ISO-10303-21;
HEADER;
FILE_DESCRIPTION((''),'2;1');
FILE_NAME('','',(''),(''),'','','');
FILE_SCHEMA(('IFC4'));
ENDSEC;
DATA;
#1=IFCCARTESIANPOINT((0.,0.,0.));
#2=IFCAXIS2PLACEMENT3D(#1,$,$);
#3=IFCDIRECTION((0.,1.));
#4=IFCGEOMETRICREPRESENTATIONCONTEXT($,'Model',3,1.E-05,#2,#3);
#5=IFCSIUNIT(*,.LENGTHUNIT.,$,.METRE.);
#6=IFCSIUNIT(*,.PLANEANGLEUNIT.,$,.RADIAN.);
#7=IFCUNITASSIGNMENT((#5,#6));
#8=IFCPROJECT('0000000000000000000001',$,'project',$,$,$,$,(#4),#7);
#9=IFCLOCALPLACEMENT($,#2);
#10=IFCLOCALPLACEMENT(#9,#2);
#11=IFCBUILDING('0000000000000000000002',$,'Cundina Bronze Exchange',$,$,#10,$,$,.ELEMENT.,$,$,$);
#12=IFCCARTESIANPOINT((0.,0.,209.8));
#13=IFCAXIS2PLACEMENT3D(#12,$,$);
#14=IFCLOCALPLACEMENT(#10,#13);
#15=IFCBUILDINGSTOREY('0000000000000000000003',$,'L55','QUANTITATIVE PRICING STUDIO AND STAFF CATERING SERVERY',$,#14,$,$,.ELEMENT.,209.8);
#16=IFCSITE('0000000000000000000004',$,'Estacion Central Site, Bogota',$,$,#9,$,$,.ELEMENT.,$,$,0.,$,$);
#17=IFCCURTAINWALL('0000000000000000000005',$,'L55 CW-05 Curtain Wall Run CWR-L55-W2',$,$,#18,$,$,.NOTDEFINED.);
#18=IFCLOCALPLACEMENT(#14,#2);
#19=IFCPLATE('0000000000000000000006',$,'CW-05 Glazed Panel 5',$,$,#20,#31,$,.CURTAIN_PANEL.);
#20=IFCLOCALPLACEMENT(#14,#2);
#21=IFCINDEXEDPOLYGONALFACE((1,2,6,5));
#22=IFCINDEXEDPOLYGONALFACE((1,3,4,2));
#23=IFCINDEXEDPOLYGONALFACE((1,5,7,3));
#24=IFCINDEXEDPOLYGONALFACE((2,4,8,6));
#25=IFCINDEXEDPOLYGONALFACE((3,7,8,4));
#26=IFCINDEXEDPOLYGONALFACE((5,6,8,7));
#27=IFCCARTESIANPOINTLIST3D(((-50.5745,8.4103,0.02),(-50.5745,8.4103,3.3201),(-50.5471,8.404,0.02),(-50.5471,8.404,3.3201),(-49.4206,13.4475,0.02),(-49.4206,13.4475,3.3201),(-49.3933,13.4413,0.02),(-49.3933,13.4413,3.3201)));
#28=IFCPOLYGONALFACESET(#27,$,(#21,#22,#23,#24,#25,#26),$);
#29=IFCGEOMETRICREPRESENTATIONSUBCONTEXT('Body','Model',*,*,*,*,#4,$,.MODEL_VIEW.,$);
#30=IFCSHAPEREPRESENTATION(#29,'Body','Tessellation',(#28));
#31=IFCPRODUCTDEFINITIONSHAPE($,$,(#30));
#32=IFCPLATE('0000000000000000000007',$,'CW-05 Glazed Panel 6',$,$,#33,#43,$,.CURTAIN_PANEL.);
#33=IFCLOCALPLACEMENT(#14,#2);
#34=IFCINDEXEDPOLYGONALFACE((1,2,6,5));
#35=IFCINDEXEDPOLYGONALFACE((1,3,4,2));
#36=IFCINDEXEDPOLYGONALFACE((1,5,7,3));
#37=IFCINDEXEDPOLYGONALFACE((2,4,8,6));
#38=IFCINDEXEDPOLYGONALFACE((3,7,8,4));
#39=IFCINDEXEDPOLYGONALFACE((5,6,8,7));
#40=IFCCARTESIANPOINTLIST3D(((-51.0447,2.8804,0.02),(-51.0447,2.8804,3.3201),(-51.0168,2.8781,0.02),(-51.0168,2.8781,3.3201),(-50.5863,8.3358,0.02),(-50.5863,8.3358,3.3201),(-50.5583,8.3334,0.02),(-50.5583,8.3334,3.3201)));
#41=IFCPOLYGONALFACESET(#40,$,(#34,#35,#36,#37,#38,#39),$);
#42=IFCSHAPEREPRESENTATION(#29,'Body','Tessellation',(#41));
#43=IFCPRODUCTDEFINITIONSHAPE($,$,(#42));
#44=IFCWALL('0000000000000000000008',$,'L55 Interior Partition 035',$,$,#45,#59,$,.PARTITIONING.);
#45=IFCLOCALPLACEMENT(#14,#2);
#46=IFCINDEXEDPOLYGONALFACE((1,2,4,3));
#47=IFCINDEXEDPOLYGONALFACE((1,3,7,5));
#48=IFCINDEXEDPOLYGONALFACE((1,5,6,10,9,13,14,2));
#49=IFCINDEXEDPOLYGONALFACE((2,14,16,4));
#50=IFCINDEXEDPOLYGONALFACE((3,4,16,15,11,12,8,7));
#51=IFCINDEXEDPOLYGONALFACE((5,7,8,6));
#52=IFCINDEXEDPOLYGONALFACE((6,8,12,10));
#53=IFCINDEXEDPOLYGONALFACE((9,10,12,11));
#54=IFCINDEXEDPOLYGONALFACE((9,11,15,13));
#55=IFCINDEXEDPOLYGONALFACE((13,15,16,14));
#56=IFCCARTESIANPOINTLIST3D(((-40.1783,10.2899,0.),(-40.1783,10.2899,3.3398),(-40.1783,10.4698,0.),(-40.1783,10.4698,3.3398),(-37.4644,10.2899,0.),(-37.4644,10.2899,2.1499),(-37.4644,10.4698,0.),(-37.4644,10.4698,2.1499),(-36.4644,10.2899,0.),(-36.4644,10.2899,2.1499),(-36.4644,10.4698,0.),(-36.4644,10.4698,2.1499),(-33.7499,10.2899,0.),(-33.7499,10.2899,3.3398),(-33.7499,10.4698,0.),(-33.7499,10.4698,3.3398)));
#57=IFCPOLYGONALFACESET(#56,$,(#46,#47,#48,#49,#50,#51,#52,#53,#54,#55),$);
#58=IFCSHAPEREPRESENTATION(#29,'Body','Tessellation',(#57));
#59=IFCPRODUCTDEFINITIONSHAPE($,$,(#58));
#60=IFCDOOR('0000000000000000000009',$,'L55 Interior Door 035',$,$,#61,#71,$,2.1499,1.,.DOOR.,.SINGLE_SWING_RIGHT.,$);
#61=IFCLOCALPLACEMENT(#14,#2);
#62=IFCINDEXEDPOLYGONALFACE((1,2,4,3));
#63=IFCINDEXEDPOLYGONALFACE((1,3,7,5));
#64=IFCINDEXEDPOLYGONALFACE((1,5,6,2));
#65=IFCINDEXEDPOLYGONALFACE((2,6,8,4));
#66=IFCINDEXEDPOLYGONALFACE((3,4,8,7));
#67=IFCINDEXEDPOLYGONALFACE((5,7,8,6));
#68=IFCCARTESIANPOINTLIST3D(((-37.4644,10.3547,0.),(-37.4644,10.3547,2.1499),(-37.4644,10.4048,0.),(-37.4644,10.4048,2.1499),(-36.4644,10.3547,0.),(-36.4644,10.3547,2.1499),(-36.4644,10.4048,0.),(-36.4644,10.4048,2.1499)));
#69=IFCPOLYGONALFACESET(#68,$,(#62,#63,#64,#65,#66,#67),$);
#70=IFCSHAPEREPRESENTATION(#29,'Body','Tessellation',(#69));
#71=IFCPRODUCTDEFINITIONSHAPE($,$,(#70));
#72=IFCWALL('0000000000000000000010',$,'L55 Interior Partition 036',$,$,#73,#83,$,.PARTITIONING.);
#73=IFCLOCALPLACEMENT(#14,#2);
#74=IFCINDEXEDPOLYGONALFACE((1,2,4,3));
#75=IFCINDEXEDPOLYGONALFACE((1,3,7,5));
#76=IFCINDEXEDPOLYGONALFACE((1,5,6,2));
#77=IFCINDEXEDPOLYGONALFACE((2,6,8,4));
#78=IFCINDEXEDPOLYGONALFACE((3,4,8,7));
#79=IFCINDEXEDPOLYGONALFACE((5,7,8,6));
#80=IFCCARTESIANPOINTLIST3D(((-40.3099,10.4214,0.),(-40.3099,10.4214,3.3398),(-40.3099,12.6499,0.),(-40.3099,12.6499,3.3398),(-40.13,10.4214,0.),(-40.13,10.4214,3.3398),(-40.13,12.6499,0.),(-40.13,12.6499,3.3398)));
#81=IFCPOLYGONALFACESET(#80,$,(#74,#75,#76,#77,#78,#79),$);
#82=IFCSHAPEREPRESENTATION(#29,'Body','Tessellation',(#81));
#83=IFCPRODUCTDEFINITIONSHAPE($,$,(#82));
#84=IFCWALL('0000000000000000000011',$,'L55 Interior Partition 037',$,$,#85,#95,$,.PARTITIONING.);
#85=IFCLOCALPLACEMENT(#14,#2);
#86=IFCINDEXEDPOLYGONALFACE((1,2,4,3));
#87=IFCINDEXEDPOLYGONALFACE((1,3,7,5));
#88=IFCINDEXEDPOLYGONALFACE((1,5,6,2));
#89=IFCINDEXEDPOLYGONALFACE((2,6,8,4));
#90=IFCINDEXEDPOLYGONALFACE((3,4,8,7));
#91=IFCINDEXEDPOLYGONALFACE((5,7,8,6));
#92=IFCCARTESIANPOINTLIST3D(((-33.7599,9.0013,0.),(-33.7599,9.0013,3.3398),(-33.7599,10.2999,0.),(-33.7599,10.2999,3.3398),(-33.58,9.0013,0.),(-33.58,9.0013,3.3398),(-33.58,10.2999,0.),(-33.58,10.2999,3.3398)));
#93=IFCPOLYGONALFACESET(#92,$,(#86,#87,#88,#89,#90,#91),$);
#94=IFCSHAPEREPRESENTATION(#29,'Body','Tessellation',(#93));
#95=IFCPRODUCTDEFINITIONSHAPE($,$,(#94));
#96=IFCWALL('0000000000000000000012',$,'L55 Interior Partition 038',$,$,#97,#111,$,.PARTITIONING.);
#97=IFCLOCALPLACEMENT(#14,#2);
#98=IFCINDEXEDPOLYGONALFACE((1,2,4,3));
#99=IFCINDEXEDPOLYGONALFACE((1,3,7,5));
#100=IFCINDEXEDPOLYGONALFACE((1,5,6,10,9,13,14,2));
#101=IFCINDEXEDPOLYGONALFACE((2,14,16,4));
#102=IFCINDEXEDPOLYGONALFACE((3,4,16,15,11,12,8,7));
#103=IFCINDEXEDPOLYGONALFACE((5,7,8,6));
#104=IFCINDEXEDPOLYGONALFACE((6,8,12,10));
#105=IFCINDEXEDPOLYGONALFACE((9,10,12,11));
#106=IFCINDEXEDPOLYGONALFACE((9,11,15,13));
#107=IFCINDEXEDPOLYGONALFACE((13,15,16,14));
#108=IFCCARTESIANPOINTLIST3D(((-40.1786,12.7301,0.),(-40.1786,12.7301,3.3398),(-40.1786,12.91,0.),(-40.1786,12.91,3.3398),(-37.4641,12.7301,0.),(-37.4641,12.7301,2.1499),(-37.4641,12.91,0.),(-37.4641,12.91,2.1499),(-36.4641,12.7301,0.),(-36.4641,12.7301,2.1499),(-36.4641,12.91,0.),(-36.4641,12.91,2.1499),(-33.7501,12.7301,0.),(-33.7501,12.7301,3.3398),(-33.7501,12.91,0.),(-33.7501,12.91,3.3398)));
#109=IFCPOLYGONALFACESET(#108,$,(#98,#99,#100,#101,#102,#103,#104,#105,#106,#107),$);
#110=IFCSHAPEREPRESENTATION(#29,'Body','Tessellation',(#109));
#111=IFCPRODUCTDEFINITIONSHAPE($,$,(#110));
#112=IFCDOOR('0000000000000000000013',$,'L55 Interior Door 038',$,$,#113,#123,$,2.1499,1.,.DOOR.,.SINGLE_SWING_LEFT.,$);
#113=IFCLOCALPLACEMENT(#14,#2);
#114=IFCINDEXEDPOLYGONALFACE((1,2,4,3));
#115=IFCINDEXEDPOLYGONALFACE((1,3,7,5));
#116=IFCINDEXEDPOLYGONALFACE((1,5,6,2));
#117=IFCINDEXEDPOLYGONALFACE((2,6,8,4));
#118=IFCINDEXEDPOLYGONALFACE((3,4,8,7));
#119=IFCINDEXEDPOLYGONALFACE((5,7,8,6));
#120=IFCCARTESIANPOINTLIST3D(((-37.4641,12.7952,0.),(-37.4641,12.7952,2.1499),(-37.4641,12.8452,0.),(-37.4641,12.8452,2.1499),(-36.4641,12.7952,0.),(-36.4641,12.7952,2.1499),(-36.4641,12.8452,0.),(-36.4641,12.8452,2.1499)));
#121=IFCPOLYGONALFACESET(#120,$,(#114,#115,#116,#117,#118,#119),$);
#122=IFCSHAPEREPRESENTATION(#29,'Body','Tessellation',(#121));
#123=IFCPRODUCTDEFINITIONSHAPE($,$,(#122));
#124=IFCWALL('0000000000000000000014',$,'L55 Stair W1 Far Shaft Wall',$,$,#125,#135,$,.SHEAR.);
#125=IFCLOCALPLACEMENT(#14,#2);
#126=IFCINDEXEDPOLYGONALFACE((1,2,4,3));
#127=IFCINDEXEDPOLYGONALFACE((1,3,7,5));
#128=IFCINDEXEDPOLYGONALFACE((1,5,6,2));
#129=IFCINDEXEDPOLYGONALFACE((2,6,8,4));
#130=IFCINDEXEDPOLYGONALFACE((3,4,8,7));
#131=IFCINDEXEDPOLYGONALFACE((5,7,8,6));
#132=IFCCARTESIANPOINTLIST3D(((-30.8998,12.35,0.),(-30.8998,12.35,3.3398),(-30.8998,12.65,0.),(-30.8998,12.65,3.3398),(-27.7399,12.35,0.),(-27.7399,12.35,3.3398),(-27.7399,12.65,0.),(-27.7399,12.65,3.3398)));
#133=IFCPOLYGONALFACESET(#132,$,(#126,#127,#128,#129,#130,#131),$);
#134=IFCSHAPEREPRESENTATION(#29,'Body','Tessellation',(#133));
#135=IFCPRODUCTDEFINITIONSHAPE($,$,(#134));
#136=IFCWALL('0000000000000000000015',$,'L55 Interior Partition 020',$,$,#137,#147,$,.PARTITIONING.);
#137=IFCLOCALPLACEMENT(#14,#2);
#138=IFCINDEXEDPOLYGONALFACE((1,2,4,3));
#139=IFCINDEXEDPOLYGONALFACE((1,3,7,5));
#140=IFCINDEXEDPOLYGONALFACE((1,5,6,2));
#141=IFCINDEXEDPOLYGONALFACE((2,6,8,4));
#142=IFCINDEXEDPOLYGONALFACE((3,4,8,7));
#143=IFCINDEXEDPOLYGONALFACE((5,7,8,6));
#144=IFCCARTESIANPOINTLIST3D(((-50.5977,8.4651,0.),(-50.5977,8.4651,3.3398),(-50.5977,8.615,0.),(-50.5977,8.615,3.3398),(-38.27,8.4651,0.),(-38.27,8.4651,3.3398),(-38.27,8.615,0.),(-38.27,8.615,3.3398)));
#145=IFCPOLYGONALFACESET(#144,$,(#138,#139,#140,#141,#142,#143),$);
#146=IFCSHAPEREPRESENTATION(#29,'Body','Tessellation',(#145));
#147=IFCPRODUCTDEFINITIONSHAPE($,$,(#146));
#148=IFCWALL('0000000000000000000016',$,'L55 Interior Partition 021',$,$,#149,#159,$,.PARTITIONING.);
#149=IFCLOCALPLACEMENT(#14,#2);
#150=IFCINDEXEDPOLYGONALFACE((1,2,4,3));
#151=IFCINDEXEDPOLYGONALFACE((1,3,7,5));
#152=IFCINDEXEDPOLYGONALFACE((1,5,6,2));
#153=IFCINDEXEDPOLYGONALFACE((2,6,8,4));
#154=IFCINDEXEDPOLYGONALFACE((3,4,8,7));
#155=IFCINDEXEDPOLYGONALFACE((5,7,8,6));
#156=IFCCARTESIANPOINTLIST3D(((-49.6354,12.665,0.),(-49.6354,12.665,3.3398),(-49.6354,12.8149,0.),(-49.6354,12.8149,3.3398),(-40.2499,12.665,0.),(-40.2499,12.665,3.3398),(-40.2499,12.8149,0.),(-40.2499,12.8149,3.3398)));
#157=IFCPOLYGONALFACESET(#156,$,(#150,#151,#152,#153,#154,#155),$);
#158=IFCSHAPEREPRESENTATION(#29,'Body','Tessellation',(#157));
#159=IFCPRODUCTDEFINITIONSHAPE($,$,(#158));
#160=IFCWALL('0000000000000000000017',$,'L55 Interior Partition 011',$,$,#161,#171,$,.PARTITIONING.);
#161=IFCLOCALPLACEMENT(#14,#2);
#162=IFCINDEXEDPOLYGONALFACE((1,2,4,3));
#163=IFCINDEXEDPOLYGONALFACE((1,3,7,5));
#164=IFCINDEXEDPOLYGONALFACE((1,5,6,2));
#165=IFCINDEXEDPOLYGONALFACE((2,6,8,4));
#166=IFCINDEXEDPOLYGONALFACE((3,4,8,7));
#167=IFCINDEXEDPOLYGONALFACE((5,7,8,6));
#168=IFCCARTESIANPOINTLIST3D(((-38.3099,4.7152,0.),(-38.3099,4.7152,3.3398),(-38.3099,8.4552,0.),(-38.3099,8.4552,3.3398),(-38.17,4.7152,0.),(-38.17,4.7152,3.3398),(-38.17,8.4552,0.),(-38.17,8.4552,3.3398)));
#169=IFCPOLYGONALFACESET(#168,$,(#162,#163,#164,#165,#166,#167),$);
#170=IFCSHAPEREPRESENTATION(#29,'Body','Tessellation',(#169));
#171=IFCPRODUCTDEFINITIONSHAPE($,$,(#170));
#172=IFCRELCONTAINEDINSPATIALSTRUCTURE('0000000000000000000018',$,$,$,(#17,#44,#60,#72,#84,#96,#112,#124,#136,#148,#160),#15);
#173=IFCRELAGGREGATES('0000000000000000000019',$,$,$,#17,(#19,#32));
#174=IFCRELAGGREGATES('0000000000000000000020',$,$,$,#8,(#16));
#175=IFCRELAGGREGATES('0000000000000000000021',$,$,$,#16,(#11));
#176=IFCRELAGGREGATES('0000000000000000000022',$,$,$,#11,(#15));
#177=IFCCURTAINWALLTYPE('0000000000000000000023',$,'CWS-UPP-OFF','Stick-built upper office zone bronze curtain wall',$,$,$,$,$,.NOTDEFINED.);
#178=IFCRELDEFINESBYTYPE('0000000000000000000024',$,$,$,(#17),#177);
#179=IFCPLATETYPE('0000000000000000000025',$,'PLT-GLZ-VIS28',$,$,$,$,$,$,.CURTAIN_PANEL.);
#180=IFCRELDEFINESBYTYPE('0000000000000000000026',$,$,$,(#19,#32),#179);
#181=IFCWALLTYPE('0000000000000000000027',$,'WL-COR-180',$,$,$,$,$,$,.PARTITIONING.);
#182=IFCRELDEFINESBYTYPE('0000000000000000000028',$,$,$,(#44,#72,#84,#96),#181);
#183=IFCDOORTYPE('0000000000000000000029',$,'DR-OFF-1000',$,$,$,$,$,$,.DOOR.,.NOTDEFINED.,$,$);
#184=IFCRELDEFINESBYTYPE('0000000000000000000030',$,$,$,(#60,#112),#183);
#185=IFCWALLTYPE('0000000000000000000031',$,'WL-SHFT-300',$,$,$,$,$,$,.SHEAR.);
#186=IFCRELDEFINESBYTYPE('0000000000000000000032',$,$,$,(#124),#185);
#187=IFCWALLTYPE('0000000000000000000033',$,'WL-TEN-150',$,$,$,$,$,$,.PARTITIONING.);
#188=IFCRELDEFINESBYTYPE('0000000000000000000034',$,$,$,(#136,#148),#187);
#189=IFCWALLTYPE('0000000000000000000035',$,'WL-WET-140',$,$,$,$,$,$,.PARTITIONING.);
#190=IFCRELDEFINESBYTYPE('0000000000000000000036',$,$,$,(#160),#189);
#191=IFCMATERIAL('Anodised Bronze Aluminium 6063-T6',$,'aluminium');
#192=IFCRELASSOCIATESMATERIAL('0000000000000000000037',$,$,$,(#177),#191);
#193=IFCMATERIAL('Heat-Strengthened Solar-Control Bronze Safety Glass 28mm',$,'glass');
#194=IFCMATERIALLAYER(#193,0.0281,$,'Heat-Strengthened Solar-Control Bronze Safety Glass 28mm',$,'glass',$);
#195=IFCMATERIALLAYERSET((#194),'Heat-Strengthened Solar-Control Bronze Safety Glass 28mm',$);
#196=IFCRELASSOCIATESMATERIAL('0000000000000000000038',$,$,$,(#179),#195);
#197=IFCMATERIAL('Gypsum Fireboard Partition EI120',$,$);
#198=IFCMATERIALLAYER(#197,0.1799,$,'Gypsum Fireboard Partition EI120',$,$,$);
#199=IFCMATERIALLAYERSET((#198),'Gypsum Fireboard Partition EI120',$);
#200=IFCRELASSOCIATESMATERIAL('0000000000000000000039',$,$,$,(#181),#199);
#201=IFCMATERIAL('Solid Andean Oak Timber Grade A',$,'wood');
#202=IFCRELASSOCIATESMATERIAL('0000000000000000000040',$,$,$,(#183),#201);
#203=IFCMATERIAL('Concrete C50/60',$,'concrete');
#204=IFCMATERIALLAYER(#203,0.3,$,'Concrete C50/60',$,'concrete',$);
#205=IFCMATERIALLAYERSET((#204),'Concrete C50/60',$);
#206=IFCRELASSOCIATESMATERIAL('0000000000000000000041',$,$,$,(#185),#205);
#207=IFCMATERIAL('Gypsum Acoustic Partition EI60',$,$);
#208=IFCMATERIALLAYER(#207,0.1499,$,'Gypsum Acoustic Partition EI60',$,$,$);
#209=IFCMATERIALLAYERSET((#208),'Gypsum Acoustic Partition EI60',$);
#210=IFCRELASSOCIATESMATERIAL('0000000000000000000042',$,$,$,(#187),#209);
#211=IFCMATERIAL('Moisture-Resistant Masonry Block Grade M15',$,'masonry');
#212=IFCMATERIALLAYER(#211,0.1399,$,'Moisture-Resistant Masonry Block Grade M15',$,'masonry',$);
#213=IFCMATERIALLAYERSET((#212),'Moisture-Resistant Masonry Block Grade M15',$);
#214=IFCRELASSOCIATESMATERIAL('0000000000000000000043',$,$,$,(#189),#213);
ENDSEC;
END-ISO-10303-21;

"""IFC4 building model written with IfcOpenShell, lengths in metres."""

from ifc_helpers import new_model, si_unit, direction, frame, frame_2d, origin, origin_2d, place, context, subcontext, project, spatial, rectangle, extrude, material, layer, layer_set, type_object, element, fill, aggregate, save


model = new_model("IFC4")

# Units and contexts
model_context = context("Model", 3, precision=1e-05, world=origin(), true_north=direction((0.0, 1.0)))
body_context = subcontext(model_context, "Body", "Model", "MODEL_VIEW")
ifc_project = project(units=[si_unit("LENGTHUNIT", "METRE"), si_unit("PLANEANGLEUNIT", "RADIAN")], contexts=[model_context])

# Site, building, storey
site_placement = place(None, origin())
site = spatial("IfcSite", under=ifc_project, at=site_placement, Name="Estacion Central Site, Bogota", CompositionType="ELEMENT", RefElevation=0.0)
building_placement = place(site_placement, origin())
building = spatial("IfcBuilding", under=site, at=building_placement, Name="Cundina Bronze Exchange", CompositionType="ELEMENT")
storey_placement = place(building_placement, frame((0.0, 0.0, 209.8)))
storey = spatial("IfcBuildingStorey", under=building, at=storey_placement, Name="L55", Description="QUANTITATIVE PRICING STUDIO AND STAFF CATERING SERVERY", CompositionType="ELEMENT", Elevation=209.8)

# Shared definitions
ifc_material_1 = material(Name="Concrete C50/60", Category="concrete")

# Curtain wall, plates
ifc_material_2 = material(Name="Anodised Bronze Aluminium 6063-T6", Category="aluminium")
curtain_wall_type = type_object("IfcCurtainWallType", Name="CWS-UPP-OFF", Description="Stick-built upper office zone bronze curtain wall", PredefinedType="NOTDEFINED", material=ifc_material_2)
curtain_wall_placement = place(storey_placement, origin())
curtain_wall = element("IfcCurtainWall", 1, at=curtain_wall_placement, inside=storey, type_object=curtain_wall_type, Name="L55 CW-05 Curtain Wall Run CWR-L55-W2", PredefinedType="NOTDEFINED")
ifc_material_3 = material(Name="Heat-Strengthened Solar-Control Bronze Safety Glass 28mm", Category="glass")
ifc_layer_1 = layer(ifc_material_3, 0.0281, Name="Heat-Strengthened Solar-Control Bronze Safety Glass 28mm", Category="glass")
ifc_layer_set_1 = layer_set([ifc_layer_1], Name="Heat-Strengthened Solar-Control Bronze Safety Glass 28mm")
plate_type = type_object("IfcPlateType", Name="PLT-GLZ-VIS28", PredefinedType="CURTAIN_PANEL", material=ifc_layer_set_1)
plate_1_placement = place(storey_placement, frame((-49.9839, 10.9258, 0.02), z_axis=(0.0, 0.0, 1.0), x_axis=(-0.223284, -0.974753, 0.0)))
plate_1 = element("IfcPlate", 2, at=plate_1_placement, type_object=plate_type, Name="CW-05 Glazed Panel 5", PredefinedType="CURTAIN_PANEL", context=body_context, shape_type="SweptSolid", body=[
    extrude(rectangle(XDim=5.1677, YDim=0.0281, at=origin_2d()), origin(), (0.0, 0.0, 1.0), 3.3),
])
plate_2_placement = place(storey_placement, frame((-50.8015, 5.6069, 0.02), z_axis=(0.0, 0.0, 1.0), x_axis=(-0.083747, -0.996487, 0.0)))
plate_2 = element("IfcPlate", 3, at=plate_2_placement, type_object=plate_type, Name="CW-05 Glazed Panel 6", PredefinedType="CURTAIN_PANEL", context=body_context, shape_type="SweptSolid", body=[
    extrude(rectangle(XDim=5.4746, YDim=0.0281, at=origin_2d()), origin(), (0.0, 0.0, 1.0), 3.3),
])
aggregate(curtain_wall, [plate_1, plate_2])

# Wall, opening, door
ifc_material_4 = material(Name="Gypsum Fireboard Partition EI120")
ifc_layer_2 = layer(ifc_material_4, 0.1799, Name="Gypsum Fireboard Partition EI120")
ifc_layer_set_2 = layer_set([ifc_layer_2], Name="Gypsum Fireboard Partition EI120")
wall_type_1 = type_object("IfcWallType", Name="WL-COR-180", PredefinedType="PARTITIONING", material=ifc_layer_set_2)
ifc_material_5 = material(Name="Solid Andean Oak Timber Grade A", Category="wood")
door_type_1 = type_object("IfcDoorType", Name="DR-OFF-1000", OperationType="NOTDEFINED", PredefinedType="DOOR", material=ifc_material_5)
wall_1_placement = place(storey_placement, frame((-40.1785, 10.3799, 0.0), z_axis=(0.0, 0.0, 1.0), x_axis=(1.0, 0.0, 0.0)))
wall_1 = element("IfcWall", 4, at=wall_1_placement, inside=storey, type_object=wall_type_1, Name="L55 Interior Partition 035", PredefinedType="PARTITIONING", context=body_context, shape_type="SweptSolid", body=[
    extrude(rectangle(XDim=6.4285, YDim=0.1799, at=frame_2d((3.2144, 0.0))), origin(), (0.0, 0.0, 1.0), 3.3398),
])
opening_1_placement = place(wall_1_placement, frame((2.7141, 0.0, 0.0)))
opening_1 = element("IfcOpeningElement", 5, at=opening_1_placement, cuts=wall_1, PredefinedType="OPENING", context=body_context, shape_type="SweptSolid", body=[
    extrude(rectangle(XDim=1.0, YDim=2.1499, at=frame_2d((0.5, 1.075))), frame((0.0, 0.0999, 0.0), z_axis=(0.0, -1.0, 0.0), x_axis=(1.0, 0.0, 0.0)), (0.0, 0.0, 1.0), 0.2),
])
door_1_placement = place(opening_1_placement, origin())
door_1 = element("IfcDoor", 6, at=door_1_placement, inside=storey, type_object=door_type_1, Name="L55 Interior Door 035", OperationType="SINGLE_SWING_RIGHT", OverallHeight=2.1499, OverallWidth=1.0, PredefinedType="DOOR", context=body_context, shape_type="SweptSolid", body=[
    extrude(rectangle(XDim=1.0, YDim=2.1499, at=frame_2d((0.5, 1.075))), frame((0.0, 0.0249, 0.0), z_axis=(0.0, -1.0, 0.0), x_axis=(1.0, 0.0, 0.0)), (0.0, 0.0, 1.0), 0.05),
])
fill(opening_1, door_1)

# Walls
wall_2_placement = place(storey_placement, frame((-40.22, 12.6499, 0.0), z_axis=(0.0, 0.0, 1.0), x_axis=(0.0, -1.0, 0.0)))
element("IfcWall", 7, at=wall_2_placement, inside=storey, type_object=wall_type_1, Name="L55 Interior Partition 036", PredefinedType="PARTITIONING", context=body_context, shape_type="SweptSolid", body=[
    extrude(rectangle(XDim=2.2285, YDim=0.1799, at=frame_2d((1.1143, 0.0))), origin(), (0.0, 0.0, 1.0), 3.3398),
])
wall_3_placement = place(storey_placement, frame((-33.6699, 10.3, 0.0), z_axis=(0.0, 0.0, 1.0), x_axis=(0.0, -1.0, 0.0)))
element("IfcWall", 8, at=wall_3_placement, inside=storey, type_object=wall_type_1, Name="L55 Interior Partition 037", PredefinedType="PARTITIONING", context=body_context, shape_type="SweptSolid", body=[
    extrude(rectangle(XDim=1.2986, YDim=0.1799, at=frame_2d((0.6494, 0.0))), origin(), (0.0, 0.0, 1.0), 3.3398),
])

# Wall, opening, door
wall_4_placement = place(storey_placement, frame((-33.75, 12.8201, 0.0), z_axis=(0.0, 0.0, 1.0), x_axis=(-1.0, 0.0, 0.0)))
wall_4 = element("IfcWall", 9, at=wall_4_placement, inside=storey, type_object=wall_type_1, Name="L55 Interior Partition 038", PredefinedType="PARTITIONING", context=body_context, shape_type="SweptSolid", body=[
    extrude(rectangle(XDim=6.4285, YDim=0.1799, at=frame_2d((3.2144, 0.0))), origin(), (0.0, 0.0, 1.0), 3.3398),
])
opening_2_placement = place(wall_4_placement, frame((2.7141, 0.0, 0.0)))
opening_2 = element("IfcOpeningElement", 10, at=opening_2_placement, cuts=wall_4, PredefinedType="OPENING", context=body_context, shape_type="SweptSolid", body=[
    extrude(rectangle(XDim=1.0, YDim=2.1499, at=frame_2d((0.5, 1.075))), frame((0.0, 0.0999, 0.0), z_axis=(0.0, -1.0, 0.0), x_axis=(1.0, 0.0, 0.0)), (0.0, 0.0, 1.0), 0.2),
])
door_2_placement = place(opening_2_placement, origin())
door_2 = element("IfcDoor", 11, at=door_2_placement, inside=storey, type_object=door_type_1, Name="L55 Interior Door 038", OperationType="SINGLE_SWING_LEFT", OverallHeight=2.1499, OverallWidth=1.0, PredefinedType="DOOR", context=body_context, shape_type="SweptSolid", body=[
    extrude(rectangle(XDim=1.0, YDim=2.1499, at=frame_2d((0.5, 1.075))), frame((0.0, 0.0249, 0.0), z_axis=(0.0, -1.0, 0.0), x_axis=(1.0, 0.0, 0.0)), (0.0, 0.0, 1.0), 0.05),
])
fill(opening_2, door_2)
ifc_layer_3 = layer(ifc_material_1, 0.3, Name="Concrete C50/60", Category="concrete")
ifc_layer_set_3 = layer_set([ifc_layer_3], Name="Concrete C50/60")
wall_type_2 = type_object("IfcWallType", Name="WL-SHFT-300", PredefinedType="SHEAR", material=ifc_layer_set_3)

# Walls
wall_5_placement = place(storey_placement, frame((-30.8999, 12.5, 0.0), z_axis=(0.0, 0.0, 1.0), x_axis=(1.0, 0.0, 0.0)))
element("IfcWall", 12, at=wall_5_placement, inside=storey, type_object=wall_type_2, Name="L55 Stair W1 Far Shaft Wall", PredefinedType="SHEAR", context=body_context, shape_type="SweptSolid", body=[
    extrude(rectangle(XDim=3.1599, YDim=0.3, at=frame_2d((1.5801, 0.0))), origin(), (0.0, 0.0, 1.0), 3.3398),
])
ifc_material_6 = material(Name="Gypsum Acoustic Partition EI60")
ifc_layer_4 = layer(ifc_material_6, 0.1499, Name="Gypsum Acoustic Partition EI60")
ifc_layer_set_4 = layer_set([ifc_layer_4], Name="Gypsum Acoustic Partition EI60")
wall_type_3 = type_object("IfcWallType", Name="WL-TEN-150", PredefinedType="PARTITIONING", material=ifc_layer_set_4)
wall_6_placement = place(storey_placement, frame((-50.5977, 8.54, 0.0), z_axis=(0.0, 0.0, 1.0), x_axis=(1.0, 0.0, 0.0)))
element("IfcWall", 13, at=wall_6_placement, inside=storey, type_object=wall_type_3, Name="L55 Interior Partition 020", PredefinedType="PARTITIONING", context=body_context, shape_type="SweptSolid", body=[
    extrude(rectangle(XDim=12.3276, YDim=0.1499, at=frame_2d((6.1638, 0.0))), origin(), (0.0, 0.0, 1.0), 3.3398),
])
wall_7_placement = place(storey_placement, frame((-49.6355, 12.74, 0.0), z_axis=(0.0, 0.0, 1.0), x_axis=(1.0, 0.0, 0.0)))
element("IfcWall", 14, at=wall_7_placement, inside=storey, type_object=wall_type_3, Name="L55 Interior Partition 021", PredefinedType="PARTITIONING", context=body_context, shape_type="SweptSolid", body=[
    extrude(rectangle(XDim=9.3855, YDim=0.1499, at=frame_2d((4.6929, 0.0))), origin(), (0.0, 0.0, 1.0), 3.3398),
])
ifc_material_7 = material(Name="Moisture-Resistant Masonry Block Grade M15", Category="masonry")
ifc_layer_5 = layer(ifc_material_7, 0.1399, Name="Moisture-Resistant Masonry Block Grade M15", Category="masonry")
ifc_layer_set_5 = layer_set([ifc_layer_5], Name="Moisture-Resistant Masonry Block Grade M15")
wall_type_4 = type_object("IfcWallType", Name="WL-WET-140", PredefinedType="PARTITIONING", material=ifc_layer_set_5)
wall_8_placement = place(storey_placement, frame((-38.24, 4.7151, 0.0), z_axis=(0.0, 0.0, 1.0), x_axis=(0.0, 1.0, 0.0)))
element("IfcWall", 15, at=wall_8_placement, inside=storey, type_object=wall_type_4, Name="L55 Interior Partition 011", PredefinedType="PARTITIONING", context=body_context, shape_type="SweptSolid", body=[
    extrude(rectangle(XDim=3.74, YDim=0.1399, at=frame_2d((1.8701, 0.0))), origin(), (0.0, 0.0, 1.0), 3.3398),
])

save(model, "model.ifc")
